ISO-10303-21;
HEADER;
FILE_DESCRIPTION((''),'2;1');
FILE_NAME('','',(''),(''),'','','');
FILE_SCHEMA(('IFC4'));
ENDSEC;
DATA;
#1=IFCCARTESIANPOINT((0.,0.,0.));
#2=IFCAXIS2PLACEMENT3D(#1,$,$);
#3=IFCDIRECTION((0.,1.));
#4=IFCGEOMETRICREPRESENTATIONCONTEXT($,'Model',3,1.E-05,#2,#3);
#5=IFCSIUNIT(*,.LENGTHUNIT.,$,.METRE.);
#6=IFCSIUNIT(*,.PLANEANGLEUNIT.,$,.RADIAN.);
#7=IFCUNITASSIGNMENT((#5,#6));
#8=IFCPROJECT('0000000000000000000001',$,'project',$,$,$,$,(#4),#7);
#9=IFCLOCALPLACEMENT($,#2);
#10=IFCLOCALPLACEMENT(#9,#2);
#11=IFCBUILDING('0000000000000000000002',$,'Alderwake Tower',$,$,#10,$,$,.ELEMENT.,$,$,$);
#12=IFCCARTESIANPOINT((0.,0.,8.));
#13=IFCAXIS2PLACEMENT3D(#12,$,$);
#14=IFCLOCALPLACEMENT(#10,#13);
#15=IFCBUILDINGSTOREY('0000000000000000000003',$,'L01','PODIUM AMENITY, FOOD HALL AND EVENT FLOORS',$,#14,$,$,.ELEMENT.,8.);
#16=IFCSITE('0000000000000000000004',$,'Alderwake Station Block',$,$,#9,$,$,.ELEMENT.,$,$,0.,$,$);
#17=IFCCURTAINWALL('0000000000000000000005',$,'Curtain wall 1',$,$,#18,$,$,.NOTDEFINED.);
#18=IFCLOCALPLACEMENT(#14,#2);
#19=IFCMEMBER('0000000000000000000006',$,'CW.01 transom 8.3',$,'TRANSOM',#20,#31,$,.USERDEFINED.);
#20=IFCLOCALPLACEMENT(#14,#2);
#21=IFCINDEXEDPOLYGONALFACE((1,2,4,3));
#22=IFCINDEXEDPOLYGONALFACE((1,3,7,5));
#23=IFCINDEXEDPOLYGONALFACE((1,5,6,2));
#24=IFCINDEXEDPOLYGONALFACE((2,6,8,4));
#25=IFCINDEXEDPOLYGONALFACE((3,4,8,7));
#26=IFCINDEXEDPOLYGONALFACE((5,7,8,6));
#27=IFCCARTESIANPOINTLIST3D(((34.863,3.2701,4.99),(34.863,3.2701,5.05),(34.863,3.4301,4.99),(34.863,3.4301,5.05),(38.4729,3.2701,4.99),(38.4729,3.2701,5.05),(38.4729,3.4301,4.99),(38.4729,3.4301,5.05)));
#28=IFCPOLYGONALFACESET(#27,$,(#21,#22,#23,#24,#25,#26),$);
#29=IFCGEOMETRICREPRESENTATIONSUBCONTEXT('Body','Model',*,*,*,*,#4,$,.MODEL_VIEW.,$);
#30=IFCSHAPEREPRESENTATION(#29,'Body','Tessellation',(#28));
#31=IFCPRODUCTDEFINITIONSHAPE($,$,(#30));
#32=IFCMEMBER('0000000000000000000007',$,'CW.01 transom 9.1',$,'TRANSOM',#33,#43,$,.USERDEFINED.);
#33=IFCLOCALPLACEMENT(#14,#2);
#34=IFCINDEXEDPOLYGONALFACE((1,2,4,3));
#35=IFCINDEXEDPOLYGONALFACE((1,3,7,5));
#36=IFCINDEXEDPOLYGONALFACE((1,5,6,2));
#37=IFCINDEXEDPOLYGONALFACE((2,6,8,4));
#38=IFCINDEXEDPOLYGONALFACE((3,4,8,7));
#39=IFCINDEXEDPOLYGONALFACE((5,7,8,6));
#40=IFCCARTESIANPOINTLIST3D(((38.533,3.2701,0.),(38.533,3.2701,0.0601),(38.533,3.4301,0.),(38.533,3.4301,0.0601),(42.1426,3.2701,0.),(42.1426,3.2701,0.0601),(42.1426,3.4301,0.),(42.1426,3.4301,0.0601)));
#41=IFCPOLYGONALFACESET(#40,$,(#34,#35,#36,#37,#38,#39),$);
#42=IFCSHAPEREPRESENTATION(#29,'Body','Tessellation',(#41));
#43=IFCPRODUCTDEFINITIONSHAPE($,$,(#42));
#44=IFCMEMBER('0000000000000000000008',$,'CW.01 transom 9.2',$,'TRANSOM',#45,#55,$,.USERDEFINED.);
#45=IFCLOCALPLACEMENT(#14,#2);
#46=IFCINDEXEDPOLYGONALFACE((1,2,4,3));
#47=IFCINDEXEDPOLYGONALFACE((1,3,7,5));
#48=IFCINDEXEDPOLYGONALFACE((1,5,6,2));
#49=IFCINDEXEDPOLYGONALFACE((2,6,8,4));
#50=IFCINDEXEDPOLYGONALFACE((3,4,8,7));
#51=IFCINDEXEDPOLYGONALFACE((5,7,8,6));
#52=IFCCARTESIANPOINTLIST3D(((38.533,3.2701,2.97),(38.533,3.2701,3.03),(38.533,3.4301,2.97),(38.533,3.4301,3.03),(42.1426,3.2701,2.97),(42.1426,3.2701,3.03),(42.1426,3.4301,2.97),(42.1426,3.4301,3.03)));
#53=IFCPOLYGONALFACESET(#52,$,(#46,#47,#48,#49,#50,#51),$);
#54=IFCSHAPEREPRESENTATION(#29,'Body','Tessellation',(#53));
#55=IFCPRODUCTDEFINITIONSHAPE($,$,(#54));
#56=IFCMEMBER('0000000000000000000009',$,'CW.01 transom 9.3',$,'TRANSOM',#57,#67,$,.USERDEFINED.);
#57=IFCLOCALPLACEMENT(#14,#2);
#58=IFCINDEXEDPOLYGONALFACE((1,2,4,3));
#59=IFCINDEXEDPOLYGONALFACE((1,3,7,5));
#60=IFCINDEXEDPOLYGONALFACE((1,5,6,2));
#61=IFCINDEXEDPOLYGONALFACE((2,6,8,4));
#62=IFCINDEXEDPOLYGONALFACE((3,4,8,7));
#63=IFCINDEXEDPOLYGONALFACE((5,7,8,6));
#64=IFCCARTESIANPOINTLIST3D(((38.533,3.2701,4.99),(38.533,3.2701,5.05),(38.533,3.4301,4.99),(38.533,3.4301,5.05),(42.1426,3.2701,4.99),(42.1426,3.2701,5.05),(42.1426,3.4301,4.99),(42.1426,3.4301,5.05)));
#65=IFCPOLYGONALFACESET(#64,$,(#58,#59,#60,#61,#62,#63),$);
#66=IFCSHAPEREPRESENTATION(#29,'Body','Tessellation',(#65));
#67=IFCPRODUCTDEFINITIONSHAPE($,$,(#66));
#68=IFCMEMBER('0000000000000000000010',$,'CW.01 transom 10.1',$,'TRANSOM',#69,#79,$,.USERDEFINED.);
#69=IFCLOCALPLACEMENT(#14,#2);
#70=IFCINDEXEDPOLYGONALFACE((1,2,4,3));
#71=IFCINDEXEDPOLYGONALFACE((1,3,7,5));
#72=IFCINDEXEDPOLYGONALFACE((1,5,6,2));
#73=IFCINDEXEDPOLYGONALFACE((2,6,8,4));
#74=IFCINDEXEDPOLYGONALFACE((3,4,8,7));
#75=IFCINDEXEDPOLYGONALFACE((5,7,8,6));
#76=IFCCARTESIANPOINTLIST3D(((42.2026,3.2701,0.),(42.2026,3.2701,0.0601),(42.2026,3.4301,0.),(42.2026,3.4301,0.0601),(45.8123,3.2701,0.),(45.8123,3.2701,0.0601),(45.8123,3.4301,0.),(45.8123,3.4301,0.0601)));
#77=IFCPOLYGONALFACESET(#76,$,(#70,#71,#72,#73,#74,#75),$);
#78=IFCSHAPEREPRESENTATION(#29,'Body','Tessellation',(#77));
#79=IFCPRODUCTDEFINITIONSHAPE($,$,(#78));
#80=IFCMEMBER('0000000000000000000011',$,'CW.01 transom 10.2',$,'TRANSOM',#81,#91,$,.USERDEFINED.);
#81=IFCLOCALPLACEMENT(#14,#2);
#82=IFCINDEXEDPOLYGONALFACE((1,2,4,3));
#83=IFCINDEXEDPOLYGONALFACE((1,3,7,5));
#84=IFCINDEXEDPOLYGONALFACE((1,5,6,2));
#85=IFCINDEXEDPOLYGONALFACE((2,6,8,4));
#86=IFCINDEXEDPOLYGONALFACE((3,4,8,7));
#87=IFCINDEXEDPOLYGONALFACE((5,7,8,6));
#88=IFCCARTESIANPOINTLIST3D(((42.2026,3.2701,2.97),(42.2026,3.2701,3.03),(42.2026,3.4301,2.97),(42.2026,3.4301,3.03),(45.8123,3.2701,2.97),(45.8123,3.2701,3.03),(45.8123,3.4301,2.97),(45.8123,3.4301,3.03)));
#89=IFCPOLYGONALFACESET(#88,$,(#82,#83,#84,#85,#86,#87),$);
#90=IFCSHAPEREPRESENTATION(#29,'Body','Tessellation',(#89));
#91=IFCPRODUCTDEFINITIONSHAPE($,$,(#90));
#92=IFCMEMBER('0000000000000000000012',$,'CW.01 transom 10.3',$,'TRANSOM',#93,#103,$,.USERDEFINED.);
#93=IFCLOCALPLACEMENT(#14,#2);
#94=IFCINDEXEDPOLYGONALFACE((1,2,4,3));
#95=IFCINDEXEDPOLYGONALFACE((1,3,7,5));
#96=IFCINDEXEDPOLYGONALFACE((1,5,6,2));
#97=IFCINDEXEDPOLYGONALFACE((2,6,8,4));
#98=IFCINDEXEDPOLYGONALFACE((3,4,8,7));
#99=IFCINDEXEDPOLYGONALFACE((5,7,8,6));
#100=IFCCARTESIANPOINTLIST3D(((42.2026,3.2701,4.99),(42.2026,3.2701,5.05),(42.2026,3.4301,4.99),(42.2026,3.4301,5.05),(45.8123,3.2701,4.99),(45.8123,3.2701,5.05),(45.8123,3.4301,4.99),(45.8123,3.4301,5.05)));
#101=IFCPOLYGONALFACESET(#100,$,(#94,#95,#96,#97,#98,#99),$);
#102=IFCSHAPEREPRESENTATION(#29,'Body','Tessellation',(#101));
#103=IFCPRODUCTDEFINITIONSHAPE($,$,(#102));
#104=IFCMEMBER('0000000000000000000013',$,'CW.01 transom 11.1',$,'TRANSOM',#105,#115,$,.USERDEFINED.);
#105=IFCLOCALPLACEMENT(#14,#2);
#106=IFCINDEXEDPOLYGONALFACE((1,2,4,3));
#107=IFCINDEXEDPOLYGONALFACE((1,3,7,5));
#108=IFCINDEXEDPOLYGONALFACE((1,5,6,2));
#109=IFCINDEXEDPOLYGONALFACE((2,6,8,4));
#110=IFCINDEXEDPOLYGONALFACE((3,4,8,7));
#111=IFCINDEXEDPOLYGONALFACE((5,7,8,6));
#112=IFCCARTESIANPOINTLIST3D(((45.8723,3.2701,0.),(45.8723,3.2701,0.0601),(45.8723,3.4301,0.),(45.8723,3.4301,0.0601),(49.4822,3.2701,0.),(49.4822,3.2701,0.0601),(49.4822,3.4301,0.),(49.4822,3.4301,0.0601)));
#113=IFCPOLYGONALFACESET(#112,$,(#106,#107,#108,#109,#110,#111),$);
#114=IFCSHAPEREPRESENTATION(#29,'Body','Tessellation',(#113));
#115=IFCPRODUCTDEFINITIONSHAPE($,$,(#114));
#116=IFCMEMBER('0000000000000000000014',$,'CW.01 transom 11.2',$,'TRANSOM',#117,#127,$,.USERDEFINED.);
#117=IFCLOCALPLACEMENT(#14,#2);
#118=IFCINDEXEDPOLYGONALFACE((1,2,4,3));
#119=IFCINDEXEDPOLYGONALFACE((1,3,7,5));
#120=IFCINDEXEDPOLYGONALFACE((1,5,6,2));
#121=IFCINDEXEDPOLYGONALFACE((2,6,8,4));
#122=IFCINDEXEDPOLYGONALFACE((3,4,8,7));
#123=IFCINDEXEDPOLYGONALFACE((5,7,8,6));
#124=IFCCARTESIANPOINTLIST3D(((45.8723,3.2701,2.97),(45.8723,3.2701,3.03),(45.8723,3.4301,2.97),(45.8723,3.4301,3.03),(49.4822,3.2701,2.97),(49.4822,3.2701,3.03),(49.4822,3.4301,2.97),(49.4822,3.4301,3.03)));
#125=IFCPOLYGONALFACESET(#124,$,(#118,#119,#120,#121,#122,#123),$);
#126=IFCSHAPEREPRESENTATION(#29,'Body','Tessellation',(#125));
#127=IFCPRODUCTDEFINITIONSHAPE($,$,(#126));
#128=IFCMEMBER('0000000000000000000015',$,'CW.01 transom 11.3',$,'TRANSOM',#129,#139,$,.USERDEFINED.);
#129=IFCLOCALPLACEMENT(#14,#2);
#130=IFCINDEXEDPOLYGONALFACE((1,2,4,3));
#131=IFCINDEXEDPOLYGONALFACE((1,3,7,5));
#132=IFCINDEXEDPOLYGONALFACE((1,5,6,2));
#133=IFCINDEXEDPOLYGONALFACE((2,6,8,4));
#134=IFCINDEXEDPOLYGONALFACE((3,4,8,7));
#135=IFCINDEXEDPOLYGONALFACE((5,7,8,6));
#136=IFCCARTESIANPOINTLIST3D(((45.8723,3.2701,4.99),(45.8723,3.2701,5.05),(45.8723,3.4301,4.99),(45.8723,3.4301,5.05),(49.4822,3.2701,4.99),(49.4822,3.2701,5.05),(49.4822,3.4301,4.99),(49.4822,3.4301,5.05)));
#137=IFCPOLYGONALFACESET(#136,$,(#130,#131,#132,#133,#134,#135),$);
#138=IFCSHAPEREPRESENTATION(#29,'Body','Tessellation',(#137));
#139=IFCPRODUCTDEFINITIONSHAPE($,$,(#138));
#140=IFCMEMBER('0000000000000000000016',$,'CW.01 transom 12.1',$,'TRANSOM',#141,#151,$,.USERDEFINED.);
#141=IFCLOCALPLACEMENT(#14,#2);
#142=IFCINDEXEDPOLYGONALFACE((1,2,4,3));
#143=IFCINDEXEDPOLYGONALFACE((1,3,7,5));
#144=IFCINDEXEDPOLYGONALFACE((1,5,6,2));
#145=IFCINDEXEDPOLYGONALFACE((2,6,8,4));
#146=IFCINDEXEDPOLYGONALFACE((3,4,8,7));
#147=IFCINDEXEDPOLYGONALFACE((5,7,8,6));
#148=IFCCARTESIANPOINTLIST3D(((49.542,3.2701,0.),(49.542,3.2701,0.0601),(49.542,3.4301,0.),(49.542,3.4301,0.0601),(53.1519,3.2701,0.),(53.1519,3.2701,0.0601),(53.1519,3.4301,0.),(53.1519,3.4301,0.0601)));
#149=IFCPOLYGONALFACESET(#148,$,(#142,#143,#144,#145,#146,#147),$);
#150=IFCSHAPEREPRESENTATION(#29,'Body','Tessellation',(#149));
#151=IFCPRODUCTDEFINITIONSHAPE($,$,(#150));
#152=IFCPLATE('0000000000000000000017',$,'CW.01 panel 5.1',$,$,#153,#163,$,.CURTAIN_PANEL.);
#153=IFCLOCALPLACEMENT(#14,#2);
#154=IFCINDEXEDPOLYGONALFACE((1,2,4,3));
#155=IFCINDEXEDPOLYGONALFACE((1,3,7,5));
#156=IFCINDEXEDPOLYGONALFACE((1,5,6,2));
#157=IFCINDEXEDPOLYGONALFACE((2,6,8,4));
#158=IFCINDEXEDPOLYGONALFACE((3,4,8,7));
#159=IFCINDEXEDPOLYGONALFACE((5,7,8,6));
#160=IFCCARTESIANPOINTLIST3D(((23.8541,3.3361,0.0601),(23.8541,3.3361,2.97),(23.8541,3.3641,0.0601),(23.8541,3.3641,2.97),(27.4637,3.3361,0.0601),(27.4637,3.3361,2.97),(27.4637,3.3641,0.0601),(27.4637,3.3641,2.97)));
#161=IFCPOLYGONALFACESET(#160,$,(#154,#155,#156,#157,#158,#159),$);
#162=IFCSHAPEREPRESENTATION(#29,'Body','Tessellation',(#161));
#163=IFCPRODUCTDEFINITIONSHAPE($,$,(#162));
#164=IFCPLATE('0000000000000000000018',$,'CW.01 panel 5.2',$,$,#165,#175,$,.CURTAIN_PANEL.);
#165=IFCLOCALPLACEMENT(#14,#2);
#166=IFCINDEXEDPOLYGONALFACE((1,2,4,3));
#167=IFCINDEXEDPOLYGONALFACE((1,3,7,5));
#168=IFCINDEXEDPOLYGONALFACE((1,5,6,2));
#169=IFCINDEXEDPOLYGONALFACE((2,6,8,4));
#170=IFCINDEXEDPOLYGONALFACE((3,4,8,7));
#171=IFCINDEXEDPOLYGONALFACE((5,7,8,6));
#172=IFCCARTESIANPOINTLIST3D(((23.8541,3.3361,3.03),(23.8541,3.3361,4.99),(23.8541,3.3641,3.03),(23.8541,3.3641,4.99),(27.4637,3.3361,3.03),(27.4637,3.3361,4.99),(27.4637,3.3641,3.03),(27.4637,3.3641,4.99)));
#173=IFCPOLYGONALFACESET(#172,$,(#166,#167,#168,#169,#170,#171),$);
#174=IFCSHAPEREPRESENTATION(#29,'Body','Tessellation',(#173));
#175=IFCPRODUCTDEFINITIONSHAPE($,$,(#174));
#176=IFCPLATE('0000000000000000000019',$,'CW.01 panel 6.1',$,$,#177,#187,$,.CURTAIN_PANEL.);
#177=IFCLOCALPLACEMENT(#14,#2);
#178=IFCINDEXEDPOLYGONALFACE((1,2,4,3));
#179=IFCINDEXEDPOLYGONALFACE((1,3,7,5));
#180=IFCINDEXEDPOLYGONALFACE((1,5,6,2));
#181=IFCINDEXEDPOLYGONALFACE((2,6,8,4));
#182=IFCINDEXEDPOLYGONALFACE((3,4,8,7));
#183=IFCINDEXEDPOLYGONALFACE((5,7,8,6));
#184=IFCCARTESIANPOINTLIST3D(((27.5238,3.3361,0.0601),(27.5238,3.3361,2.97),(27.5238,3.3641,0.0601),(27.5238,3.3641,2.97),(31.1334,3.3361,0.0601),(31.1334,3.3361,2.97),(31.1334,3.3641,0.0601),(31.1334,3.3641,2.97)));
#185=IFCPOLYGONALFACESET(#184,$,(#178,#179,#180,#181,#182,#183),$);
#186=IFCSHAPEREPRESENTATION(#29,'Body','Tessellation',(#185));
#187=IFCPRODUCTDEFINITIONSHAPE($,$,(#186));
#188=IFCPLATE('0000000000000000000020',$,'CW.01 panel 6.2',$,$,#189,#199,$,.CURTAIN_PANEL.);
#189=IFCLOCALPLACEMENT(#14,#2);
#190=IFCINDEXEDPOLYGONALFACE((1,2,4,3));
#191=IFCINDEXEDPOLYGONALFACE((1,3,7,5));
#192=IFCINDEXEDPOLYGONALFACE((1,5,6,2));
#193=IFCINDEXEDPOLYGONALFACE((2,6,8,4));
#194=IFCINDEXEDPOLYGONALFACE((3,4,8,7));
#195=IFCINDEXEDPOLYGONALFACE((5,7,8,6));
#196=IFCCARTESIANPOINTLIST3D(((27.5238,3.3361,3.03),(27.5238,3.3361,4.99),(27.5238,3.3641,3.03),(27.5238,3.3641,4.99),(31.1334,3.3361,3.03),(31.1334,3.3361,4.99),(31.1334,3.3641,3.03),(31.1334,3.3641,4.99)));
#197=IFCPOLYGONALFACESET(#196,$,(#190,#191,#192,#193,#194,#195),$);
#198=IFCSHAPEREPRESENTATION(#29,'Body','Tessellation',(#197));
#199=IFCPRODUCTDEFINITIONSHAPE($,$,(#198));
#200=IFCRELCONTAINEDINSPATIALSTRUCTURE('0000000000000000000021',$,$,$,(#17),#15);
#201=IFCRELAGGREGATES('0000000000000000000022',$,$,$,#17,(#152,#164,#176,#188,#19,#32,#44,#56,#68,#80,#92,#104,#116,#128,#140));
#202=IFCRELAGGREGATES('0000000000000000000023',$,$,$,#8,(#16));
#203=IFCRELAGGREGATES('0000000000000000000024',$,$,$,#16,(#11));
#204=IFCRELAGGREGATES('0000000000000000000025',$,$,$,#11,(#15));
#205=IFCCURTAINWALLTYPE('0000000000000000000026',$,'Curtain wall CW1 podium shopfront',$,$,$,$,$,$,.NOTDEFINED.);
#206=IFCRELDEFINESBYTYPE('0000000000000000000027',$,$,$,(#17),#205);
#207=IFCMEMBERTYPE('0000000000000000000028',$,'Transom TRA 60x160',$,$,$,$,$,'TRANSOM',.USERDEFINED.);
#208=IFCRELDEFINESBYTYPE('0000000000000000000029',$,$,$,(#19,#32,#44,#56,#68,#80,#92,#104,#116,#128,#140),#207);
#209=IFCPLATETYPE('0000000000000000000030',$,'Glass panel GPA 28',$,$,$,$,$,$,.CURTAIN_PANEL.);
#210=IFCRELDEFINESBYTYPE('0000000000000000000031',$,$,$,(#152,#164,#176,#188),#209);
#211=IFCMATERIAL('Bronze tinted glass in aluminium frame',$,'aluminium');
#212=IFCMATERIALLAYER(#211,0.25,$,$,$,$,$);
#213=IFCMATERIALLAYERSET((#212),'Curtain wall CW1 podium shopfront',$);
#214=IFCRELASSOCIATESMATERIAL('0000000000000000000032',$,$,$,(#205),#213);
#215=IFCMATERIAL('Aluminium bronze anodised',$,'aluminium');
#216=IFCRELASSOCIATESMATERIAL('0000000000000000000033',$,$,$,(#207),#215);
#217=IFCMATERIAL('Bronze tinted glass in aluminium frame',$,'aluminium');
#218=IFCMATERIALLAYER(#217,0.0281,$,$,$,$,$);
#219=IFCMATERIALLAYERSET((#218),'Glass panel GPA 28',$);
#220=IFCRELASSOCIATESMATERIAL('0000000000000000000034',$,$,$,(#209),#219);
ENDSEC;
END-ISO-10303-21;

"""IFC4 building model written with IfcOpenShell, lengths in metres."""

from ifc_helpers import new_model, si_unit, direction, frame, origin, origin_2d, place, context, subcontext, project, spatial, rectangle, extrude, material, layer, layer_set, material_profile, profile_set, type_object, element, aggregate, save


model = new_model("IFC4")

# Units and contexts
model_context = context("Model", 3, precision=1e-05, world=origin(), true_north=direction((0.0, 1.0)))
body_context = subcontext(model_context, "Body", "Model", "MODEL_VIEW")
ifc_project = project(units=[si_unit("LENGTHUNIT", "METRE"), si_unit("PLANEANGLEUNIT", "RADIAN")], contexts=[model_context])

# Site, building, storey
site_placement = place(None, origin())
site = spatial("IfcSite", under=ifc_project, at=site_placement, Name="Alderwake Station Block", CompositionType="ELEMENT", RefElevation=0.0)
building_placement = place(site_placement, origin())
building = spatial("IfcBuilding", under=site, at=building_placement, Name="Alderwake Tower", CompositionType="ELEMENT")
storey_placement = place(building_placement, frame((0.0, 0.0, 8.0)))
storey = spatial("IfcBuildingStorey", under=building, at=storey_placement, Name="L01", Description="PODIUM AMENITY, FOOD HALL AND EVENT FLOORS", CompositionType="ELEMENT", Elevation=8.0)

# Curtain wall, members, plates
ifc_material_1 = material(Name="Bronze tinted glass in aluminium frame", Category="aluminium")
ifc_layer_1 = layer(ifc_material_1, 0.25)
ifc_layer_set_1 = layer_set([ifc_layer_1], Name="Curtain wall CW1 podium shopfront")
curtain_wall_type = type_object("IfcCurtainWallType", Name="Curtain wall CW1 podium shopfront", PredefinedType="NOTDEFINED", material=ifc_layer_set_1)
curtain_wall_placement = place(storey_placement, origin())
curtain_wall = element("IfcCurtainWall", 1, at=curtain_wall_placement, inside=storey, type_object=curtain_wall_type, Name="Curtain wall 1", PredefinedType="NOTDEFINED")
ifc_material_2 = material(Name="Aluminium bronze anodised", Category="aluminium")
ifc_material_profile_1 = material_profile(ifc_material_2, rectangle(XDim=0.1599, YDim=0.0601, at=origin_2d()), Name="Transom TRA 60x160")
ifc_profile_set_1 = profile_set([ifc_material_profile_1], Name="Aluminium bronze anodised")
member_type_1 = type_object("IfcMemberType", Name="Transom TRA 60x160", ElementType="TRANSOM", PredefinedType="USERDEFINED", material=ifc_profile_set_1)
member_1_placement = place(storey_placement, frame((34.863, 3.3501, 5.02), z_axis=(1.0, 0.0, 0.0), x_axis=(0.0, 1.0, 0.0)))
member_1 = element("IfcMember", 2, at=member_1_placement, type_object=member_type_1, Name="CW.01 transom 8.3", ObjectType="TRANSOM", PredefinedType="USERDEFINED", context=body_context, shape_type="SweptSolid", body=[
    extrude(rectangle(XDim=0.1599, YDim=0.0601, at=origin_2d()), origin(), (0.0, 0.0, 1.0), 3.6099),
])
member_2_placement = place(storey_placement, frame((38.533, 3.3501, 0.03), z_axis=(1.0, 0.0, 0.0), x_axis=(0.0, 1.0, 0.0)))
member_2 = element("IfcMember", 3, at=member_2_placement, type_object=member_type_1, Name="CW.01 transom 9.1", ObjectType="TRANSOM", PredefinedType="USERDEFINED", context=body_context, shape_type="SweptSolid", body=[
    extrude(rectangle(XDim=0.1599, YDim=0.0601, at=origin_2d()), origin(), (0.0, 0.0, 1.0), 3.6096),
])
member_3_placement = place(storey_placement, frame((38.533, 3.3501, 3.0), z_axis=(1.0, 0.0, 0.0), x_axis=(0.0, 1.0, 0.0)))
member_3 = element("IfcMember", 4, at=member_3_placement, type_object=member_type_1, Name="CW.01 transom 9.2", ObjectType="TRANSOM", PredefinedType="USERDEFINED", context=body_context, shape_type="SweptSolid", body=[
    extrude(rectangle(XDim=0.1599, YDim=0.0601, at=origin_2d()), origin(), (0.0, 0.0, 1.0), 3.6096),
])
member_4_placement = place(storey_placement, frame((38.533, 3.3501, 5.02), z_axis=(1.0, 0.0, 0.0), x_axis=(0.0, 1.0, 0.0)))
member_4 = element("IfcMember", 5, at=member_4_placement, type_object=member_type_1, Name="CW.01 transom 9.3", ObjectType="TRANSOM", PredefinedType="USERDEFINED", context=body_context, shape_type="SweptSolid", body=[
    extrude(rectangle(XDim=0.1599, YDim=0.0601, at=origin_2d()), origin(), (0.0, 0.0, 1.0), 3.6096),
])
member_5_placement = place(storey_placement, frame((42.2026, 3.3501, 0.03), z_axis=(1.0, 0.0, 0.0), x_axis=(0.0, 1.0, 0.0)))
member_5 = element("IfcMember", 6, at=member_5_placement, type_object=member_type_1, Name="CW.01 transom 10.1", ObjectType="TRANSOM", PredefinedType="USERDEFINED", context=body_context, shape_type="SweptSolid", body=[
    extrude(rectangle(XDim=0.1599, YDim=0.0601, at=origin_2d()), origin(), (0.0, 0.0, 1.0), 3.6096),
])
member_6_placement = place(storey_placement, frame((42.2026, 3.3501, 3.0), z_axis=(1.0, 0.0, 0.0), x_axis=(0.0, 1.0, 0.0)))
member_6 = element("IfcMember", 7, at=member_6_placement, type_object=member_type_1, Name="CW.01 transom 10.2", ObjectType="TRANSOM", PredefinedType="USERDEFINED", context=body_context, shape_type="SweptSolid", body=[
    extrude(rectangle(XDim=0.1599, YDim=0.0601, at=origin_2d()), origin(), (0.0, 0.0, 1.0), 3.6096),
])
member_7_placement = place(storey_placement, frame((42.2026, 3.3501, 5.02), z_axis=(1.0, 0.0, 0.0), x_axis=(0.0, 1.0, 0.0)))
member_7 = element("IfcMember", 8, at=member_7_placement, type_object=member_type_1, Name="CW.01 transom 10.3", ObjectType="TRANSOM", PredefinedType="USERDEFINED", context=body_context, shape_type="SweptSolid", body=[
    extrude(rectangle(XDim=0.1599, YDim=0.0601, at=origin_2d()), origin(), (0.0, 0.0, 1.0), 3.6096),
])
member_8_placement = place(storey_placement, frame((45.8723, 3.3501, 0.03), z_axis=(1.0, 0.0, 0.0), x_axis=(0.0, 1.0, 0.0)))
member_8 = element("IfcMember", 9, at=member_8_placement, type_object=member_type_1, Name="CW.01 transom 11.1", ObjectType="TRANSOM", PredefinedType="USERDEFINED", context=body_context, shape_type="SweptSolid", body=[
    extrude(rectangle(XDim=0.1599, YDim=0.0601, at=origin_2d()), origin(), (0.0, 0.0, 1.0), 3.6099),
])
member_9_placement = place(storey_placement, frame((45.8723, 3.3501, 3.0), z_axis=(1.0, 0.0, 0.0), x_axis=(0.0, 1.0, 0.0)))
member_9 = element("IfcMember", 10, at=member_9_placement, type_object=member_type_1, Name="CW.01 transom 11.2", ObjectType="TRANSOM", PredefinedType="USERDEFINED", context=body_context, shape_type="SweptSolid", body=[
    extrude(rectangle(XDim=0.1599, YDim=0.0601, at=origin_2d()), origin(), (0.0, 0.0, 1.0), 3.6099),
])
member_10_placement = place(storey_placement, frame((45.8723, 3.3501, 5.02), z_axis=(1.0, 0.0, 0.0), x_axis=(0.0, 1.0, 0.0)))
member_10 = element("IfcMember", 11, at=member_10_placement, type_object=member_type_1, Name="CW.01 transom 11.3", ObjectType="TRANSOM", PredefinedType="USERDEFINED", context=body_context, shape_type="SweptSolid", body=[
    extrude(rectangle(XDim=0.1599, YDim=0.0601, at=origin_2d()), origin(), (0.0, 0.0, 1.0), 3.6099),
])
member_11_placement = place(storey_placement, frame((49.542, 3.3501, 0.03), z_axis=(1.0, 0.0, 0.0), x_axis=(0.0, 1.0, 0.0)))
member_11 = element("IfcMember", 12, at=member_11_placement, type_object=member_type_1, Name="CW.01 transom 12.1", ObjectType="TRANSOM", PredefinedType="USERDEFINED", context=body_context, shape_type="SweptSolid", body=[
    extrude(rectangle(XDim=0.1599, YDim=0.0601, at=origin_2d()), origin(), (0.0, 0.0, 1.0), 3.6099),
])
ifc_material_3 = material(Name="Bronze tinted glass in aluminium frame", Category="aluminium")
ifc_layer_2 = layer(ifc_material_3, 0.0281)
ifc_layer_set_2 = layer_set([ifc_layer_2], Name="Glass panel GPA 28")
plate_type = type_object("IfcPlateType", Name="Glass panel GPA 28", PredefinedType="CURTAIN_PANEL", material=ifc_layer_set_2)
plate_1_placement = place(storey_placement, frame((25.6589, 3.3501, 0.0601), z_axis=(0.0, 0.0, 1.0), x_axis=(1.0, 0.0, 0.0)))
plate_1 = element("IfcPlate", 13, at=plate_1_placement, type_object=plate_type, Name="CW.01 panel 5.1", PredefinedType="CURTAIN_PANEL", context=body_context, shape_type="SweptSolid", body=[
    extrude(rectangle(XDim=3.6096, YDim=0.0281, at=origin_2d()), origin(), (0.0, 0.0, 1.0), 2.9099),
])
plate_2_placement = place(storey_placement, frame((25.6589, 3.3501, 3.03), z_axis=(0.0, 0.0, 1.0), x_axis=(1.0, 0.0, 0.0)))
plate_2 = element("IfcPlate", 14, at=plate_2_placement, type_object=plate_type, Name="CW.01 panel 5.2", PredefinedType="CURTAIN_PANEL", context=body_context, shape_type="SweptSolid", body=[
    extrude(rectangle(XDim=3.6096, YDim=0.0281, at=origin_2d()), origin(), (0.0, 0.0, 1.0), 1.96),
])
plate_3_placement = place(storey_placement, frame((29.3286, 3.3501, 0.0601), z_axis=(0.0, 0.0, 1.0), x_axis=(1.0, 0.0, 0.0)))
plate_3 = element("IfcPlate", 15, at=plate_3_placement, type_object=plate_type, Name="CW.01 panel 6.1", PredefinedType="CURTAIN_PANEL", context=body_context, shape_type="SweptSolid", body=[
    extrude(rectangle(XDim=3.6096, YDim=0.0281, at=origin_2d()), origin(), (0.0, 0.0, 1.0), 2.9099),
])
plate_4_placement = place(storey_placement, frame((29.3286, 3.3501, 3.03), z_axis=(0.0, 0.0, 1.0), x_axis=(1.0, 0.0, 0.0)))
plate_4 = element("IfcPlate", 16, at=plate_4_placement, type_object=plate_type, Name="CW.01 panel 6.2", PredefinedType="CURTAIN_PANEL", context=body_context, shape_type="SweptSolid", body=[
    extrude(rectangle(XDim=3.6096, YDim=0.0281, at=origin_2d()), origin(), (0.0, 0.0, 1.0), 1.96),
])
aggregate(curtain_wall, [plate_1, plate_2, plate_3, plate_4, member_1, member_2, member_3, member_4, member_5, member_6, member_7, member_8, member_9, member_10, member_11])

save(model, "model.ifc")
